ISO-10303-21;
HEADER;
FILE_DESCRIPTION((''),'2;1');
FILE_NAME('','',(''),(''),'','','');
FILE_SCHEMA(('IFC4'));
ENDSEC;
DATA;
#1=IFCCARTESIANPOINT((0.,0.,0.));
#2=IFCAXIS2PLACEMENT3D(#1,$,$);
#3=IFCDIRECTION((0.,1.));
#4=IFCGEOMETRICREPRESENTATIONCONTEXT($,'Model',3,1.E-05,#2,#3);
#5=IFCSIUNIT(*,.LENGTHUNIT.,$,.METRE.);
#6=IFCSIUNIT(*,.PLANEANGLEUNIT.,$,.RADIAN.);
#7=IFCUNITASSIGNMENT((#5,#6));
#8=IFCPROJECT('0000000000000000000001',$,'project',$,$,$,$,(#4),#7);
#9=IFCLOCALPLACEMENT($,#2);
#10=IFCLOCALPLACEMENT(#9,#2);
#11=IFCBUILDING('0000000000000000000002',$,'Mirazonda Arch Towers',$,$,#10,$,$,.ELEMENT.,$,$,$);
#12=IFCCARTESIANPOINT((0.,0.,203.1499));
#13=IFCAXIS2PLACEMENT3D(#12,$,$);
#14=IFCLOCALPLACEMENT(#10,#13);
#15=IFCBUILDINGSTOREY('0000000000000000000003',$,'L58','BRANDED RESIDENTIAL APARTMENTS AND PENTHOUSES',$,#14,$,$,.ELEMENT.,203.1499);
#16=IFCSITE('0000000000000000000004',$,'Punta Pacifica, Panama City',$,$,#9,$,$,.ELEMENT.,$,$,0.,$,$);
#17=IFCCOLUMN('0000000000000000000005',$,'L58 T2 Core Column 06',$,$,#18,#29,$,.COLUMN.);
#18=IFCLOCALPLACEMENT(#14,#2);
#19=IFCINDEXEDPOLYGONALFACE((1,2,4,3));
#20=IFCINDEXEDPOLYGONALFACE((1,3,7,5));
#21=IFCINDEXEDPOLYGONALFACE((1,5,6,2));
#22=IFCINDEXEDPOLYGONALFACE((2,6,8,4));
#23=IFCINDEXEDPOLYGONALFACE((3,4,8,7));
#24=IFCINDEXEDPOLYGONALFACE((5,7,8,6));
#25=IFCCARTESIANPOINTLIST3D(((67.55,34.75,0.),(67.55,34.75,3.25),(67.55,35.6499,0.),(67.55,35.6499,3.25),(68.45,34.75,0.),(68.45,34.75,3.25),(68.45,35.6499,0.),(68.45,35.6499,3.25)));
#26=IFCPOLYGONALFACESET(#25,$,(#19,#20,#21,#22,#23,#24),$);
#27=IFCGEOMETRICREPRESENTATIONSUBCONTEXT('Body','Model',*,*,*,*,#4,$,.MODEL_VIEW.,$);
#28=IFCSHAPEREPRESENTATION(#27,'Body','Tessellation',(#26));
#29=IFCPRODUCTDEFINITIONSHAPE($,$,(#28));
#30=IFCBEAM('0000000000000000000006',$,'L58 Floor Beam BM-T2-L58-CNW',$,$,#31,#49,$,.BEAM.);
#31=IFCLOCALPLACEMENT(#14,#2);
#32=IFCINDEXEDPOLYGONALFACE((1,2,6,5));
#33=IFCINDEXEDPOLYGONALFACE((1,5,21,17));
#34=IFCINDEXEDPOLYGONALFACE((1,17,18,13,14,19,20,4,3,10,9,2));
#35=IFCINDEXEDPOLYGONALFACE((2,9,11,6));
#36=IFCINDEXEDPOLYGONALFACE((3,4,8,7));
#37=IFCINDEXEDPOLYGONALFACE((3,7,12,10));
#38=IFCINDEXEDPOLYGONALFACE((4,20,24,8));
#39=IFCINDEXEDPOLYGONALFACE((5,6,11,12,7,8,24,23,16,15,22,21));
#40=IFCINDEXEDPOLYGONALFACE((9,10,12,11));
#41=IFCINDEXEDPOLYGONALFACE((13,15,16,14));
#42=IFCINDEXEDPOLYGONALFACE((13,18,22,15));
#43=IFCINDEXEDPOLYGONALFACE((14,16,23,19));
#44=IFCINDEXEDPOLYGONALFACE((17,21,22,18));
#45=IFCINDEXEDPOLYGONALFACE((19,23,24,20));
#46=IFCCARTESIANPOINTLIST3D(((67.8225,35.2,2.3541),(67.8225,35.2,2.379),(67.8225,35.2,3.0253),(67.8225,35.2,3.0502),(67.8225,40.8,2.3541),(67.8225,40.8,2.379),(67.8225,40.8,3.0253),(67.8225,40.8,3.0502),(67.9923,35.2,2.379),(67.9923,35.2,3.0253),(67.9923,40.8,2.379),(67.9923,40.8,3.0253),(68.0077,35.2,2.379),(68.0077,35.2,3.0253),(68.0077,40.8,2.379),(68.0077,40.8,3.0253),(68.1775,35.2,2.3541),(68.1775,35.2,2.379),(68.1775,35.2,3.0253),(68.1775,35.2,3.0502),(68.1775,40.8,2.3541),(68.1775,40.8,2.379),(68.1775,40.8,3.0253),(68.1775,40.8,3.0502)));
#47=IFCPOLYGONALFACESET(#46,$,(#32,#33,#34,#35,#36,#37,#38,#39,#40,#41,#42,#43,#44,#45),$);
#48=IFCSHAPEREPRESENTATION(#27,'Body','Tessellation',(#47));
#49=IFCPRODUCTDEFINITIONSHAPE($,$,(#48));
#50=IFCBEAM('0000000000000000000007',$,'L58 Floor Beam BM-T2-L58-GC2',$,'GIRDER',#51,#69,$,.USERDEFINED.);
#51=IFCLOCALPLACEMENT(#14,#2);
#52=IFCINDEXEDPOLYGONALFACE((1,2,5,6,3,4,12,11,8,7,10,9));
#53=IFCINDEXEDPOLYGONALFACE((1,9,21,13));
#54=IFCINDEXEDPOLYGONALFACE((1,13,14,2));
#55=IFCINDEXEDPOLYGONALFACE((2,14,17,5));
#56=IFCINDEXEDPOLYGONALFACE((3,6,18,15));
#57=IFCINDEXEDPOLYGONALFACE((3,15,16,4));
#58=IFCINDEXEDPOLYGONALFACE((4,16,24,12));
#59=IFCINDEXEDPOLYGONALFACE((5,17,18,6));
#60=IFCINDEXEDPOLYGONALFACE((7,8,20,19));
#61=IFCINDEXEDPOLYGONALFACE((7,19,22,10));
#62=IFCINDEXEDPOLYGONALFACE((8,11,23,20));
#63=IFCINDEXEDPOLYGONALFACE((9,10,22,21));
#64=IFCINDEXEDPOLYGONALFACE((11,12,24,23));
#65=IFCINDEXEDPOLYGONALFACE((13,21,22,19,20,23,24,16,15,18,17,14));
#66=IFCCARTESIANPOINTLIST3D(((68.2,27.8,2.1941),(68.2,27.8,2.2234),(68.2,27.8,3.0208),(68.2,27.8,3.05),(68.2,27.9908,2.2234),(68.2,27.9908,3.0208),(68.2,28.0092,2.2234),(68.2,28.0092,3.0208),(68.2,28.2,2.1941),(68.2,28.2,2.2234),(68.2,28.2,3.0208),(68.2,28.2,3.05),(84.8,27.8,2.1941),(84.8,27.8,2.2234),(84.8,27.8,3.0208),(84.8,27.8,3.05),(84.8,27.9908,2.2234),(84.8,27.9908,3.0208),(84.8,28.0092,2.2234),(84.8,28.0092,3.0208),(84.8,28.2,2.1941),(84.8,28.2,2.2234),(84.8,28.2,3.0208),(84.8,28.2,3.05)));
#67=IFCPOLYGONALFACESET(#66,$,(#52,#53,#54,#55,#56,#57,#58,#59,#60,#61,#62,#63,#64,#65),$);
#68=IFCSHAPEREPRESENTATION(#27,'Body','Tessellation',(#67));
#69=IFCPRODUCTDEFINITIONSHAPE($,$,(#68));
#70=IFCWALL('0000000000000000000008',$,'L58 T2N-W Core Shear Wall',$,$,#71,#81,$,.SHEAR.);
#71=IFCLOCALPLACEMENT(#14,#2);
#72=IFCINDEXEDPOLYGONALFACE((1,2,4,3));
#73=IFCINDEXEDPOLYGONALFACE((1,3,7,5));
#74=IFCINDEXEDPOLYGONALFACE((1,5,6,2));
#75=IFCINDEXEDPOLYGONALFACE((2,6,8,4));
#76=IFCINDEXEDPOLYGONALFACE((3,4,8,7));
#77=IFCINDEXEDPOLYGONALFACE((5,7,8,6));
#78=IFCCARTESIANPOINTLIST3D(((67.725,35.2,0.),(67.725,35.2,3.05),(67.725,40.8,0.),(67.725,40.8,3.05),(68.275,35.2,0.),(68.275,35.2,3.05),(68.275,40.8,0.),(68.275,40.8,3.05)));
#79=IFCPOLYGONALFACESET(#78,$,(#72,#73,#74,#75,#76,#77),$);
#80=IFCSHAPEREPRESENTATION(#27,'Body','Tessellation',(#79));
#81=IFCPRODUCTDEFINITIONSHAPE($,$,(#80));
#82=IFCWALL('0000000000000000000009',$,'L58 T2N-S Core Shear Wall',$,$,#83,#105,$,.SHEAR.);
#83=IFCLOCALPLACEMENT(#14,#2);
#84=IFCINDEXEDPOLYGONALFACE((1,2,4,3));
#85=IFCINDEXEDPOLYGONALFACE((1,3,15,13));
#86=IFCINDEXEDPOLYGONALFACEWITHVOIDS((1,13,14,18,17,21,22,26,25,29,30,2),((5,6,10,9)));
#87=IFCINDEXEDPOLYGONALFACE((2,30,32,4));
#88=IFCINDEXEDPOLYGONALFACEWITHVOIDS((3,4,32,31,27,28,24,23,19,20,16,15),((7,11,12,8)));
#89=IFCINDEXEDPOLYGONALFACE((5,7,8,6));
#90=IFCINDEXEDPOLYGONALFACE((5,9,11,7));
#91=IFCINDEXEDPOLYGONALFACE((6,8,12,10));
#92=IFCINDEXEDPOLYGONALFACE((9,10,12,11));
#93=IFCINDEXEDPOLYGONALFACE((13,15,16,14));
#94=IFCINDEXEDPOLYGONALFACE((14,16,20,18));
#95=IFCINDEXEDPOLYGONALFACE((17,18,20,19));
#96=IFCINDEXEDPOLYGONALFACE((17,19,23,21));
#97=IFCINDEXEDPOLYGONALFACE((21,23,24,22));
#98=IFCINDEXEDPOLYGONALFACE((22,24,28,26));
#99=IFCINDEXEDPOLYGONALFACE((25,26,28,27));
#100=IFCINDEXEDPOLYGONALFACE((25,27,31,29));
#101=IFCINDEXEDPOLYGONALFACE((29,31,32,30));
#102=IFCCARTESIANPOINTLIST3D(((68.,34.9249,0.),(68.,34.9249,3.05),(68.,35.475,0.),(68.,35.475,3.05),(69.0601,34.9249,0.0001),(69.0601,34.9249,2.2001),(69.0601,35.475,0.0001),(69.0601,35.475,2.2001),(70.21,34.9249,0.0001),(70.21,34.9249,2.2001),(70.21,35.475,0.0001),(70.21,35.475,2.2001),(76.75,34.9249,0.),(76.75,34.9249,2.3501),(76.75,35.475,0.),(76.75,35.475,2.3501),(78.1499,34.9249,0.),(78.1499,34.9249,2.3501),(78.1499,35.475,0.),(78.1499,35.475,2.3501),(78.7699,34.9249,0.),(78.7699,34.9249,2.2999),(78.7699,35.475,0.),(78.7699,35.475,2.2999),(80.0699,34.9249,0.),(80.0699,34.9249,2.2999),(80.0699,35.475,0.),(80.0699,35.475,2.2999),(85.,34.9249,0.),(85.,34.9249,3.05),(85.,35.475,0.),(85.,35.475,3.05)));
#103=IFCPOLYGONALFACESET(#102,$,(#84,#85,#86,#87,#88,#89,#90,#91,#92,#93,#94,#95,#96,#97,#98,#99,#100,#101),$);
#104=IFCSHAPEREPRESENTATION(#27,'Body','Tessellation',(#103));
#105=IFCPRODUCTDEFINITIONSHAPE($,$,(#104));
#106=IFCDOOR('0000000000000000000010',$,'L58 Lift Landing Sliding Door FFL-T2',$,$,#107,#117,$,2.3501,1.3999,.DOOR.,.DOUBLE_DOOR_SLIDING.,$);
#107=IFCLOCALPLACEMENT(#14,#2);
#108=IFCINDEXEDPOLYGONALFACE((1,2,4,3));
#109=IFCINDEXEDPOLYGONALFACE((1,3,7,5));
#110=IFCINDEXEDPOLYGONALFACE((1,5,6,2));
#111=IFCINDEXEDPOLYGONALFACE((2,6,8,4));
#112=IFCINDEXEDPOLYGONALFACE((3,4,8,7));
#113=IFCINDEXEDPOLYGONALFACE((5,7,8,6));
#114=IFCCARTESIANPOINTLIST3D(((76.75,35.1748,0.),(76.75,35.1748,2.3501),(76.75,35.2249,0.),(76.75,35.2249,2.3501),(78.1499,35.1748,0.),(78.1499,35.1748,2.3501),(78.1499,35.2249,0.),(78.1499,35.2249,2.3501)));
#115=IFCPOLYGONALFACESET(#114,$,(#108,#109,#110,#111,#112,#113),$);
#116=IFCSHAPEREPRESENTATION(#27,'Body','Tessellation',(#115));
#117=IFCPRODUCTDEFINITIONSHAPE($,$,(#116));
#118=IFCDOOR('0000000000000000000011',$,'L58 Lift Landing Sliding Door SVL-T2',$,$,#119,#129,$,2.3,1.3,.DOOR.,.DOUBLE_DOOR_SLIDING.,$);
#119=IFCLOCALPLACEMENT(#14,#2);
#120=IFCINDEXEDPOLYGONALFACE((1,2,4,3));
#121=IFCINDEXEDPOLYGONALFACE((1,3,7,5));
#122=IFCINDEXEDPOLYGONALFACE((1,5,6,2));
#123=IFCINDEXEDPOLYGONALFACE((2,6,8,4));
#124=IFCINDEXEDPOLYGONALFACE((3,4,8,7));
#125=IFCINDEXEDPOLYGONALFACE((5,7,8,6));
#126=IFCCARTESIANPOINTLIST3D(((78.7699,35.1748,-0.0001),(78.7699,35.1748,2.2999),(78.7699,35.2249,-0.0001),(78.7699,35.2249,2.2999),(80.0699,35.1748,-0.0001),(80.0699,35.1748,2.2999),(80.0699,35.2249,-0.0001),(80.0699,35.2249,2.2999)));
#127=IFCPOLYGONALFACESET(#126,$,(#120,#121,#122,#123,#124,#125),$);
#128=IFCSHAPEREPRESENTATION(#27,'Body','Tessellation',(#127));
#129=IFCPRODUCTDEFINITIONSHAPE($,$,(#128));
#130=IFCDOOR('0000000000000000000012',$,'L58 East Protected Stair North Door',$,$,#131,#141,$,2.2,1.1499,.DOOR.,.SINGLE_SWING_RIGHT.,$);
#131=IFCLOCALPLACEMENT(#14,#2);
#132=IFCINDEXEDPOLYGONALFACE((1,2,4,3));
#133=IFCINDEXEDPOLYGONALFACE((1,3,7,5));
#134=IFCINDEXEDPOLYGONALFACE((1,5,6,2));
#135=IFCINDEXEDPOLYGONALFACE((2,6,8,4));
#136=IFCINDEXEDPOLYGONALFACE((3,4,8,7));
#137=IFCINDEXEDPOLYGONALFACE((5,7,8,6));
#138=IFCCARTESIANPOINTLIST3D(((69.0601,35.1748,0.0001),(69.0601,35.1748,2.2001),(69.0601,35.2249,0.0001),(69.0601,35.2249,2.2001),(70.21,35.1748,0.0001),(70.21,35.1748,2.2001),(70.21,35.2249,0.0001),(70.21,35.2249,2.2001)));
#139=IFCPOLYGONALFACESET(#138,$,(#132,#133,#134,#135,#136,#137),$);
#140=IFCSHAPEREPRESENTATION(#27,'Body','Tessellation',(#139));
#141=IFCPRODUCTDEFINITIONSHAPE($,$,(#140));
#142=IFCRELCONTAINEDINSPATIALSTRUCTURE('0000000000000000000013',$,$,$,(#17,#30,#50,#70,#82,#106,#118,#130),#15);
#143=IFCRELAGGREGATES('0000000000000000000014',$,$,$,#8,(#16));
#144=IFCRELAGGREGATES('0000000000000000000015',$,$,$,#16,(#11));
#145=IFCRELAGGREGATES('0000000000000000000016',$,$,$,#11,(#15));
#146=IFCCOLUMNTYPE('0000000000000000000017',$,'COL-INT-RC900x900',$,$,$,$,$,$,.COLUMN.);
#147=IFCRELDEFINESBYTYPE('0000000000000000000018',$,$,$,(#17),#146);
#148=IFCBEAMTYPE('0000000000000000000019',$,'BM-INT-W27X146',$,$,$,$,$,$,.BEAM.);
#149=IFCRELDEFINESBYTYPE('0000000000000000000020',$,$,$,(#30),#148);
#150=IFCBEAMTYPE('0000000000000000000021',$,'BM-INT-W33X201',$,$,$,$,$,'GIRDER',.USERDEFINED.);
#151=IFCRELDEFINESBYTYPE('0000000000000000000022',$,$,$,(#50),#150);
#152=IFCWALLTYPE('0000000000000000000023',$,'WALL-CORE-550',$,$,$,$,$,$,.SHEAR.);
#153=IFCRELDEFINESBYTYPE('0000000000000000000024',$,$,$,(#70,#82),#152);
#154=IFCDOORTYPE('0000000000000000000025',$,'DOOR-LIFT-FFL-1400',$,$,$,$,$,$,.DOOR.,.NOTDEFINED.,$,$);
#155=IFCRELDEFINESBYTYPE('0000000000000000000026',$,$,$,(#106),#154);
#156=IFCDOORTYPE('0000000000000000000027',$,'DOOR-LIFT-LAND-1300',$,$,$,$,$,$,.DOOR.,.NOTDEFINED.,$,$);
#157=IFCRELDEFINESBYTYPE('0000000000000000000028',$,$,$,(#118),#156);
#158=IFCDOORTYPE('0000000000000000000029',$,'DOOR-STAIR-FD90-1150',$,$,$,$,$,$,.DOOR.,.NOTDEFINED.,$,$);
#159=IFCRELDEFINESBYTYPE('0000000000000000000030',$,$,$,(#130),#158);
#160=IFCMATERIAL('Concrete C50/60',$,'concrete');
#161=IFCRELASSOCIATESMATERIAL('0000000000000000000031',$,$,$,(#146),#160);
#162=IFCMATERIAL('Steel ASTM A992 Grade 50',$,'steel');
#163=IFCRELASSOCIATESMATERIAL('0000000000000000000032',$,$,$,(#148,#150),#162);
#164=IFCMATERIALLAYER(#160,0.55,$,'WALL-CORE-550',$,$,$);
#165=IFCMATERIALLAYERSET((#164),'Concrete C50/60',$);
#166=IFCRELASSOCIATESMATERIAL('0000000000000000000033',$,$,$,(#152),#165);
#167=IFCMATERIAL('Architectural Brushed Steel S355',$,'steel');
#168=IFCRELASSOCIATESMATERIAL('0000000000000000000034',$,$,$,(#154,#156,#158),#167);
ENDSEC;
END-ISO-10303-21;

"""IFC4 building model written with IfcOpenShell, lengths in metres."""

from ifc_helpers import new_model, si_unit, direction, frame, frame_2d, origin, origin_2d, place, context, subcontext, project, spatial, rectangle, i_section, extrude, material, layer, layer_set, material_profile, profile_set, type_object, element, fill, save


model = new_model("IFC4")

# Units and contexts
model_context = context("Model", 3, precision=1e-05, world=origin(), true_north=direction((0.0, 1.0)))
body_context = subcontext(model_context, "Body", "Model", "MODEL_VIEW")
ifc_project = project(units=[si_unit("LENGTHUNIT", "METRE"), si_unit("PLANEANGLEUNIT", "RADIAN")], contexts=[model_context])

# Site, building, storey
site_placement = place(None, origin())
site = spatial("IfcSite", under=ifc_project, at=site_placement, Name="Punta Pacifica, Panama City", CompositionType="ELEMENT", RefElevation=0.0)
building_placement = place(site_placement, origin())
building = spatial("IfcBuilding", under=site, at=building_placement, Name="Mirazonda Arch Towers", CompositionType="ELEMENT")
storey_placement = place(building_placement, frame((0.0, 0.0, 203.1499)))
storey = spatial("IfcBuildingStorey", under=building, at=storey_placement, Name="L58", Description="BRANDED RESIDENTIAL APARTMENTS AND PENTHOUSES", CompositionType="ELEMENT", Elevation=203.1499)

# Column
ifc_material_1 = material(Name="Concrete C50/60", Category="concrete")
ifc_material_profile_1 = material_profile(ifc_material_1, rectangle(XDim=0.8999, YDim=0.8999, at=origin_2d()), Name="RC900x900")
ifc_profile_set_1 = profile_set([ifc_material_profile_1], Name="Concrete C50/60")
column_type = type_object("IfcColumnType", Name="COL-INT-RC900x900", PredefinedType="COLUMN", material=ifc_profile_set_1)
column_placement = place(storey_placement, frame((68.0, 35.2, 0.0), z_axis=(0.0, 0.0, 1.0), x_axis=(1.0, 0.0, 0.0)))
element("IfcColumn", 1, at=column_placement, inside=storey, type_object=column_type, Name="L58 T2 Core Column 06", PredefinedType="COLUMN", context=body_context, shape_type="SweptSolid", body=[
    extrude(rectangle(XDim=0.8999, YDim=0.8999, at=origin_2d()), origin(), (0.0, 0.0, 1.0), 3.25),
])

# Beams
ifc_material_2 = material(Name="Steel ASTM A992 Grade 50", Category="steel")
ifc_material_profile_2 = material_profile(ifc_material_2, i_section(OverallWidth=0.355, OverallDepth=0.696, WebThickness=0.0154, FlangeThickness=0.0249, at=origin_2d()), Name="W27X146")
ifc_profile_set_2 = profile_set([ifc_material_profile_2], Name="Steel ASTM A992 Grade 50")
beam_type_1 = type_object("IfcBeamType", Name="BM-INT-W27X146", PredefinedType="BEAM", material=ifc_profile_set_2)
beam_1_placement = place(storey_placement, frame((68.0, 35.2, 2.7021), z_axis=(0.0, 1.0, 0.0), x_axis=(-1.0, 0.0, 0.0)))
element("IfcBeam", 2, at=beam_1_placement, inside=storey, type_object=beam_type_1, Name="L58 Floor Beam BM-T2-L58-CNW", PredefinedType="BEAM", context=body_context, shape_type="SweptSolid", body=[
    extrude(i_section(OverallWidth=0.355, OverallDepth=0.696, WebThickness=0.0154, FlangeThickness=0.0249, at=origin_2d()), origin(), (0.0, 0.0, 1.0), 5.6001),
])
ifc_material_profile_3 = material_profile(ifc_material_2, i_section(OverallWidth=0.3999, OverallDepth=0.856, WebThickness=0.0183, FlangeThickness=0.0293, at=origin_2d()), Name="W33X201")
ifc_profile_set_3 = profile_set([ifc_material_profile_3], Name="Steel ASTM A992 Grade 50")
beam_type_2 = type_object("IfcBeamType", Name="BM-INT-W33X201", ElementType="GIRDER", PredefinedType="USERDEFINED", material=ifc_profile_set_3)
beam_2_placement = place(storey_placement, frame((68.2, 28.0, 2.6221), z_axis=(1.0, 0.0, 0.0), x_axis=(0.0, 1.0, 0.0)))
element("IfcBeam", 3, at=beam_2_placement, inside=storey, type_object=beam_type_2, Name="L58 Floor Beam BM-T2-L58-GC2", ObjectType="GIRDER", PredefinedType="USERDEFINED", context=body_context, shape_type="SweptSolid", body=[
    extrude(i_section(OverallWidth=0.3999, OverallDepth=0.856, WebThickness=0.0183, FlangeThickness=0.0293, at=origin_2d()), origin(), (0.0, 0.0, 1.0), 16.6001),
])

# Wall
ifc_layer_1 = layer(ifc_material_1, 0.55, Name="WALL-CORE-550")
ifc_layer_set_1 = layer_set([ifc_layer_1], Name="Concrete C50/60")
wall_type_1 = type_object("IfcWallType", Name="WALL-CORE-550", PredefinedType="SHEAR", material=ifc_layer_set_1)
wall_1_placement = place(storey_placement, frame((68.0, 35.2, 0.0), z_axis=(0.0, 0.0, 1.0), x_axis=(0.0, 1.0, 0.0)))
element("IfcWall", 4, at=wall_1_placement, inside=storey, type_object=wall_type_1, Name="L58 T2N-W Core Shear Wall", PredefinedType="SHEAR", context=body_context, shape_type="SweptSolid", body=[
    extrude(rectangle(XDim=5.6001, YDim=0.55, at=frame_2d((2.8, 0.0))), origin(), (0.0, 0.0, 1.0), 3.05),
])

# Wall, openings, doors
wall_2_placement = place(storey_placement, frame((68.0, 35.2, 0.0), z_axis=(0.0, 0.0, 1.0), x_axis=(1.0, 0.0, 0.0)))
wall_2 = element("IfcWall", 5, at=wall_2_placement, inside=storey, type_object=wall_type_1, Name="L58 T2N-S Core Shear Wall", PredefinedType="SHEAR", context=body_context, shape_type="SweptSolid", body=[
    extrude(rectangle(XDim=17.0, YDim=0.55, at=frame_2d((8.5, 0.0))), origin(), (0.0, 0.0, 1.0), 3.05),
])
opening_1_placement = place(wall_2_placement, frame((1.0601, 0.0, 0.0)))
opening_1 = element("IfcOpeningElement", 6, at=opening_1_placement, cuts=wall_2, PredefinedType="OPENING", context=body_context, shape_type="SweptSolid", body=[
    extrude(rectangle(XDim=1.1499, YDim=2.2, at=frame_2d((0.575, 1.1001))), frame((0.0, 0.2849, 0.0), z_axis=(0.0, -1.0, 0.0), x_axis=(1.0, 0.0, 0.0)), (0.0, 0.0, 1.0), 0.5701),
])
opening_2_placement = place(wall_2_placement, frame((8.75, 0.0, 0.0)))
opening_2 = element("IfcOpeningElement", 7, at=opening_2_placement, cuts=wall_2, PredefinedType="OPENING", context=body_context, shape_type="SweptSolid", body=[
    extrude(rectangle(XDim=1.3999, YDim=2.3501, at=frame_2d((0.7, 1.175))), frame((0.0, 0.2849, 0.0), z_axis=(0.0, -1.0, 0.0), x_axis=(1.0, 0.0, 0.0)), (0.0, 0.0, 1.0), 0.5701),
])
opening_3_placement = place(wall_2_placement, frame((10.77, 0.0, 0.0)))
opening_3 = element("IfcOpeningElement", 8, at=opening_3_placement, cuts=wall_2, PredefinedType="OPENING", context=body_context, shape_type="SweptSolid", body=[
    extrude(rectangle(XDim=1.3, YDim=2.3, at=frame_2d((0.6499, 1.1499))), frame((0.0, 0.2849, 0.0), z_axis=(0.0, -1.0, 0.0), x_axis=(1.0, 0.0, 0.0)), (0.0, 0.0, 1.0), 0.5701),
])
ifc_material_3 = material(Name="Architectural Brushed Steel S355", Category="steel")
door_type_1 = type_object("IfcDoorType", Name="DOOR-LIFT-FFL-1400", OperationType="NOTDEFINED", PredefinedType="DOOR", material=ifc_material_3)
door_1_placement = place(opening_2_placement, origin())
door_1 = element("IfcDoor", 9, at=door_1_placement, inside=storey, type_object=door_type_1, Name="L58 Lift Landing Sliding Door FFL-T2", OperationType="DOUBLE_DOOR_SLIDING", OverallHeight=2.3501, OverallWidth=1.3999, PredefinedType="DOOR", context=body_context, shape_type="SweptSolid", body=[
    extrude(rectangle(XDim=1.3999, YDim=2.3501, at=frame_2d((0.7, 1.175))), frame((0.0, 0.0249, 0.0), z_axis=(0.0, -1.0, 0.0), x_axis=(1.0, 0.0, 0.0)), (0.0, 0.0, 1.0), 0.05),
])
fill(opening_2, door_1)
door_type_2 = type_object("IfcDoorType", Name="DOOR-LIFT-LAND-1300", OperationType="NOTDEFINED", PredefinedType="DOOR", material=ifc_material_3)
door_2_placement = place(opening_3_placement, origin())
door_2 = element("IfcDoor", 10, at=door_2_placement, inside=storey, type_object=door_type_2, Name="L58 Lift Landing Sliding Door SVL-T2", OperationType="DOUBLE_DOOR_SLIDING", OverallHeight=2.3, OverallWidth=1.3, PredefinedType="DOOR", context=body_context, shape_type="SweptSolid", body=[
    extrude(rectangle(XDim=1.3, YDim=2.3, at=frame_2d((0.6499, 1.1499))), frame((0.0, 0.0249, 0.0), z_axis=(0.0, -1.0, 0.0), x_axis=(1.0, 0.0, 0.0)), (0.0, 0.0, 1.0), 0.05),
])
fill(opening_3, door_2)
door_type_3 = type_object("IfcDoorType", Name="DOOR-STAIR-FD90-1150", OperationType="NOTDEFINED", PredefinedType="DOOR", material=ifc_material_3)
door_3_placement = place(opening_1_placement, origin())
door_3 = element("IfcDoor", 11, at=door_3_placement, inside=storey, type_object=door_type_3, Name="L58 East Protected Stair North Door", OperationType="SINGLE_SWING_RIGHT", OverallHeight=2.2, OverallWidth=1.1499, PredefinedType="DOOR", context=body_context, shape_type="SweptSolid", body=[
    extrude(rectangle(XDim=1.1499, YDim=2.2, at=frame_2d((0.575, 1.1001))), frame((0.0, 0.0249, 0.0), z_axis=(0.0, -1.0, 0.0), x_axis=(1.0, 0.0, 0.0)), (0.0, 0.0, 1.0), 0.05),
])
fill(opening_1, door_3)

save(model, "model.ifc")
